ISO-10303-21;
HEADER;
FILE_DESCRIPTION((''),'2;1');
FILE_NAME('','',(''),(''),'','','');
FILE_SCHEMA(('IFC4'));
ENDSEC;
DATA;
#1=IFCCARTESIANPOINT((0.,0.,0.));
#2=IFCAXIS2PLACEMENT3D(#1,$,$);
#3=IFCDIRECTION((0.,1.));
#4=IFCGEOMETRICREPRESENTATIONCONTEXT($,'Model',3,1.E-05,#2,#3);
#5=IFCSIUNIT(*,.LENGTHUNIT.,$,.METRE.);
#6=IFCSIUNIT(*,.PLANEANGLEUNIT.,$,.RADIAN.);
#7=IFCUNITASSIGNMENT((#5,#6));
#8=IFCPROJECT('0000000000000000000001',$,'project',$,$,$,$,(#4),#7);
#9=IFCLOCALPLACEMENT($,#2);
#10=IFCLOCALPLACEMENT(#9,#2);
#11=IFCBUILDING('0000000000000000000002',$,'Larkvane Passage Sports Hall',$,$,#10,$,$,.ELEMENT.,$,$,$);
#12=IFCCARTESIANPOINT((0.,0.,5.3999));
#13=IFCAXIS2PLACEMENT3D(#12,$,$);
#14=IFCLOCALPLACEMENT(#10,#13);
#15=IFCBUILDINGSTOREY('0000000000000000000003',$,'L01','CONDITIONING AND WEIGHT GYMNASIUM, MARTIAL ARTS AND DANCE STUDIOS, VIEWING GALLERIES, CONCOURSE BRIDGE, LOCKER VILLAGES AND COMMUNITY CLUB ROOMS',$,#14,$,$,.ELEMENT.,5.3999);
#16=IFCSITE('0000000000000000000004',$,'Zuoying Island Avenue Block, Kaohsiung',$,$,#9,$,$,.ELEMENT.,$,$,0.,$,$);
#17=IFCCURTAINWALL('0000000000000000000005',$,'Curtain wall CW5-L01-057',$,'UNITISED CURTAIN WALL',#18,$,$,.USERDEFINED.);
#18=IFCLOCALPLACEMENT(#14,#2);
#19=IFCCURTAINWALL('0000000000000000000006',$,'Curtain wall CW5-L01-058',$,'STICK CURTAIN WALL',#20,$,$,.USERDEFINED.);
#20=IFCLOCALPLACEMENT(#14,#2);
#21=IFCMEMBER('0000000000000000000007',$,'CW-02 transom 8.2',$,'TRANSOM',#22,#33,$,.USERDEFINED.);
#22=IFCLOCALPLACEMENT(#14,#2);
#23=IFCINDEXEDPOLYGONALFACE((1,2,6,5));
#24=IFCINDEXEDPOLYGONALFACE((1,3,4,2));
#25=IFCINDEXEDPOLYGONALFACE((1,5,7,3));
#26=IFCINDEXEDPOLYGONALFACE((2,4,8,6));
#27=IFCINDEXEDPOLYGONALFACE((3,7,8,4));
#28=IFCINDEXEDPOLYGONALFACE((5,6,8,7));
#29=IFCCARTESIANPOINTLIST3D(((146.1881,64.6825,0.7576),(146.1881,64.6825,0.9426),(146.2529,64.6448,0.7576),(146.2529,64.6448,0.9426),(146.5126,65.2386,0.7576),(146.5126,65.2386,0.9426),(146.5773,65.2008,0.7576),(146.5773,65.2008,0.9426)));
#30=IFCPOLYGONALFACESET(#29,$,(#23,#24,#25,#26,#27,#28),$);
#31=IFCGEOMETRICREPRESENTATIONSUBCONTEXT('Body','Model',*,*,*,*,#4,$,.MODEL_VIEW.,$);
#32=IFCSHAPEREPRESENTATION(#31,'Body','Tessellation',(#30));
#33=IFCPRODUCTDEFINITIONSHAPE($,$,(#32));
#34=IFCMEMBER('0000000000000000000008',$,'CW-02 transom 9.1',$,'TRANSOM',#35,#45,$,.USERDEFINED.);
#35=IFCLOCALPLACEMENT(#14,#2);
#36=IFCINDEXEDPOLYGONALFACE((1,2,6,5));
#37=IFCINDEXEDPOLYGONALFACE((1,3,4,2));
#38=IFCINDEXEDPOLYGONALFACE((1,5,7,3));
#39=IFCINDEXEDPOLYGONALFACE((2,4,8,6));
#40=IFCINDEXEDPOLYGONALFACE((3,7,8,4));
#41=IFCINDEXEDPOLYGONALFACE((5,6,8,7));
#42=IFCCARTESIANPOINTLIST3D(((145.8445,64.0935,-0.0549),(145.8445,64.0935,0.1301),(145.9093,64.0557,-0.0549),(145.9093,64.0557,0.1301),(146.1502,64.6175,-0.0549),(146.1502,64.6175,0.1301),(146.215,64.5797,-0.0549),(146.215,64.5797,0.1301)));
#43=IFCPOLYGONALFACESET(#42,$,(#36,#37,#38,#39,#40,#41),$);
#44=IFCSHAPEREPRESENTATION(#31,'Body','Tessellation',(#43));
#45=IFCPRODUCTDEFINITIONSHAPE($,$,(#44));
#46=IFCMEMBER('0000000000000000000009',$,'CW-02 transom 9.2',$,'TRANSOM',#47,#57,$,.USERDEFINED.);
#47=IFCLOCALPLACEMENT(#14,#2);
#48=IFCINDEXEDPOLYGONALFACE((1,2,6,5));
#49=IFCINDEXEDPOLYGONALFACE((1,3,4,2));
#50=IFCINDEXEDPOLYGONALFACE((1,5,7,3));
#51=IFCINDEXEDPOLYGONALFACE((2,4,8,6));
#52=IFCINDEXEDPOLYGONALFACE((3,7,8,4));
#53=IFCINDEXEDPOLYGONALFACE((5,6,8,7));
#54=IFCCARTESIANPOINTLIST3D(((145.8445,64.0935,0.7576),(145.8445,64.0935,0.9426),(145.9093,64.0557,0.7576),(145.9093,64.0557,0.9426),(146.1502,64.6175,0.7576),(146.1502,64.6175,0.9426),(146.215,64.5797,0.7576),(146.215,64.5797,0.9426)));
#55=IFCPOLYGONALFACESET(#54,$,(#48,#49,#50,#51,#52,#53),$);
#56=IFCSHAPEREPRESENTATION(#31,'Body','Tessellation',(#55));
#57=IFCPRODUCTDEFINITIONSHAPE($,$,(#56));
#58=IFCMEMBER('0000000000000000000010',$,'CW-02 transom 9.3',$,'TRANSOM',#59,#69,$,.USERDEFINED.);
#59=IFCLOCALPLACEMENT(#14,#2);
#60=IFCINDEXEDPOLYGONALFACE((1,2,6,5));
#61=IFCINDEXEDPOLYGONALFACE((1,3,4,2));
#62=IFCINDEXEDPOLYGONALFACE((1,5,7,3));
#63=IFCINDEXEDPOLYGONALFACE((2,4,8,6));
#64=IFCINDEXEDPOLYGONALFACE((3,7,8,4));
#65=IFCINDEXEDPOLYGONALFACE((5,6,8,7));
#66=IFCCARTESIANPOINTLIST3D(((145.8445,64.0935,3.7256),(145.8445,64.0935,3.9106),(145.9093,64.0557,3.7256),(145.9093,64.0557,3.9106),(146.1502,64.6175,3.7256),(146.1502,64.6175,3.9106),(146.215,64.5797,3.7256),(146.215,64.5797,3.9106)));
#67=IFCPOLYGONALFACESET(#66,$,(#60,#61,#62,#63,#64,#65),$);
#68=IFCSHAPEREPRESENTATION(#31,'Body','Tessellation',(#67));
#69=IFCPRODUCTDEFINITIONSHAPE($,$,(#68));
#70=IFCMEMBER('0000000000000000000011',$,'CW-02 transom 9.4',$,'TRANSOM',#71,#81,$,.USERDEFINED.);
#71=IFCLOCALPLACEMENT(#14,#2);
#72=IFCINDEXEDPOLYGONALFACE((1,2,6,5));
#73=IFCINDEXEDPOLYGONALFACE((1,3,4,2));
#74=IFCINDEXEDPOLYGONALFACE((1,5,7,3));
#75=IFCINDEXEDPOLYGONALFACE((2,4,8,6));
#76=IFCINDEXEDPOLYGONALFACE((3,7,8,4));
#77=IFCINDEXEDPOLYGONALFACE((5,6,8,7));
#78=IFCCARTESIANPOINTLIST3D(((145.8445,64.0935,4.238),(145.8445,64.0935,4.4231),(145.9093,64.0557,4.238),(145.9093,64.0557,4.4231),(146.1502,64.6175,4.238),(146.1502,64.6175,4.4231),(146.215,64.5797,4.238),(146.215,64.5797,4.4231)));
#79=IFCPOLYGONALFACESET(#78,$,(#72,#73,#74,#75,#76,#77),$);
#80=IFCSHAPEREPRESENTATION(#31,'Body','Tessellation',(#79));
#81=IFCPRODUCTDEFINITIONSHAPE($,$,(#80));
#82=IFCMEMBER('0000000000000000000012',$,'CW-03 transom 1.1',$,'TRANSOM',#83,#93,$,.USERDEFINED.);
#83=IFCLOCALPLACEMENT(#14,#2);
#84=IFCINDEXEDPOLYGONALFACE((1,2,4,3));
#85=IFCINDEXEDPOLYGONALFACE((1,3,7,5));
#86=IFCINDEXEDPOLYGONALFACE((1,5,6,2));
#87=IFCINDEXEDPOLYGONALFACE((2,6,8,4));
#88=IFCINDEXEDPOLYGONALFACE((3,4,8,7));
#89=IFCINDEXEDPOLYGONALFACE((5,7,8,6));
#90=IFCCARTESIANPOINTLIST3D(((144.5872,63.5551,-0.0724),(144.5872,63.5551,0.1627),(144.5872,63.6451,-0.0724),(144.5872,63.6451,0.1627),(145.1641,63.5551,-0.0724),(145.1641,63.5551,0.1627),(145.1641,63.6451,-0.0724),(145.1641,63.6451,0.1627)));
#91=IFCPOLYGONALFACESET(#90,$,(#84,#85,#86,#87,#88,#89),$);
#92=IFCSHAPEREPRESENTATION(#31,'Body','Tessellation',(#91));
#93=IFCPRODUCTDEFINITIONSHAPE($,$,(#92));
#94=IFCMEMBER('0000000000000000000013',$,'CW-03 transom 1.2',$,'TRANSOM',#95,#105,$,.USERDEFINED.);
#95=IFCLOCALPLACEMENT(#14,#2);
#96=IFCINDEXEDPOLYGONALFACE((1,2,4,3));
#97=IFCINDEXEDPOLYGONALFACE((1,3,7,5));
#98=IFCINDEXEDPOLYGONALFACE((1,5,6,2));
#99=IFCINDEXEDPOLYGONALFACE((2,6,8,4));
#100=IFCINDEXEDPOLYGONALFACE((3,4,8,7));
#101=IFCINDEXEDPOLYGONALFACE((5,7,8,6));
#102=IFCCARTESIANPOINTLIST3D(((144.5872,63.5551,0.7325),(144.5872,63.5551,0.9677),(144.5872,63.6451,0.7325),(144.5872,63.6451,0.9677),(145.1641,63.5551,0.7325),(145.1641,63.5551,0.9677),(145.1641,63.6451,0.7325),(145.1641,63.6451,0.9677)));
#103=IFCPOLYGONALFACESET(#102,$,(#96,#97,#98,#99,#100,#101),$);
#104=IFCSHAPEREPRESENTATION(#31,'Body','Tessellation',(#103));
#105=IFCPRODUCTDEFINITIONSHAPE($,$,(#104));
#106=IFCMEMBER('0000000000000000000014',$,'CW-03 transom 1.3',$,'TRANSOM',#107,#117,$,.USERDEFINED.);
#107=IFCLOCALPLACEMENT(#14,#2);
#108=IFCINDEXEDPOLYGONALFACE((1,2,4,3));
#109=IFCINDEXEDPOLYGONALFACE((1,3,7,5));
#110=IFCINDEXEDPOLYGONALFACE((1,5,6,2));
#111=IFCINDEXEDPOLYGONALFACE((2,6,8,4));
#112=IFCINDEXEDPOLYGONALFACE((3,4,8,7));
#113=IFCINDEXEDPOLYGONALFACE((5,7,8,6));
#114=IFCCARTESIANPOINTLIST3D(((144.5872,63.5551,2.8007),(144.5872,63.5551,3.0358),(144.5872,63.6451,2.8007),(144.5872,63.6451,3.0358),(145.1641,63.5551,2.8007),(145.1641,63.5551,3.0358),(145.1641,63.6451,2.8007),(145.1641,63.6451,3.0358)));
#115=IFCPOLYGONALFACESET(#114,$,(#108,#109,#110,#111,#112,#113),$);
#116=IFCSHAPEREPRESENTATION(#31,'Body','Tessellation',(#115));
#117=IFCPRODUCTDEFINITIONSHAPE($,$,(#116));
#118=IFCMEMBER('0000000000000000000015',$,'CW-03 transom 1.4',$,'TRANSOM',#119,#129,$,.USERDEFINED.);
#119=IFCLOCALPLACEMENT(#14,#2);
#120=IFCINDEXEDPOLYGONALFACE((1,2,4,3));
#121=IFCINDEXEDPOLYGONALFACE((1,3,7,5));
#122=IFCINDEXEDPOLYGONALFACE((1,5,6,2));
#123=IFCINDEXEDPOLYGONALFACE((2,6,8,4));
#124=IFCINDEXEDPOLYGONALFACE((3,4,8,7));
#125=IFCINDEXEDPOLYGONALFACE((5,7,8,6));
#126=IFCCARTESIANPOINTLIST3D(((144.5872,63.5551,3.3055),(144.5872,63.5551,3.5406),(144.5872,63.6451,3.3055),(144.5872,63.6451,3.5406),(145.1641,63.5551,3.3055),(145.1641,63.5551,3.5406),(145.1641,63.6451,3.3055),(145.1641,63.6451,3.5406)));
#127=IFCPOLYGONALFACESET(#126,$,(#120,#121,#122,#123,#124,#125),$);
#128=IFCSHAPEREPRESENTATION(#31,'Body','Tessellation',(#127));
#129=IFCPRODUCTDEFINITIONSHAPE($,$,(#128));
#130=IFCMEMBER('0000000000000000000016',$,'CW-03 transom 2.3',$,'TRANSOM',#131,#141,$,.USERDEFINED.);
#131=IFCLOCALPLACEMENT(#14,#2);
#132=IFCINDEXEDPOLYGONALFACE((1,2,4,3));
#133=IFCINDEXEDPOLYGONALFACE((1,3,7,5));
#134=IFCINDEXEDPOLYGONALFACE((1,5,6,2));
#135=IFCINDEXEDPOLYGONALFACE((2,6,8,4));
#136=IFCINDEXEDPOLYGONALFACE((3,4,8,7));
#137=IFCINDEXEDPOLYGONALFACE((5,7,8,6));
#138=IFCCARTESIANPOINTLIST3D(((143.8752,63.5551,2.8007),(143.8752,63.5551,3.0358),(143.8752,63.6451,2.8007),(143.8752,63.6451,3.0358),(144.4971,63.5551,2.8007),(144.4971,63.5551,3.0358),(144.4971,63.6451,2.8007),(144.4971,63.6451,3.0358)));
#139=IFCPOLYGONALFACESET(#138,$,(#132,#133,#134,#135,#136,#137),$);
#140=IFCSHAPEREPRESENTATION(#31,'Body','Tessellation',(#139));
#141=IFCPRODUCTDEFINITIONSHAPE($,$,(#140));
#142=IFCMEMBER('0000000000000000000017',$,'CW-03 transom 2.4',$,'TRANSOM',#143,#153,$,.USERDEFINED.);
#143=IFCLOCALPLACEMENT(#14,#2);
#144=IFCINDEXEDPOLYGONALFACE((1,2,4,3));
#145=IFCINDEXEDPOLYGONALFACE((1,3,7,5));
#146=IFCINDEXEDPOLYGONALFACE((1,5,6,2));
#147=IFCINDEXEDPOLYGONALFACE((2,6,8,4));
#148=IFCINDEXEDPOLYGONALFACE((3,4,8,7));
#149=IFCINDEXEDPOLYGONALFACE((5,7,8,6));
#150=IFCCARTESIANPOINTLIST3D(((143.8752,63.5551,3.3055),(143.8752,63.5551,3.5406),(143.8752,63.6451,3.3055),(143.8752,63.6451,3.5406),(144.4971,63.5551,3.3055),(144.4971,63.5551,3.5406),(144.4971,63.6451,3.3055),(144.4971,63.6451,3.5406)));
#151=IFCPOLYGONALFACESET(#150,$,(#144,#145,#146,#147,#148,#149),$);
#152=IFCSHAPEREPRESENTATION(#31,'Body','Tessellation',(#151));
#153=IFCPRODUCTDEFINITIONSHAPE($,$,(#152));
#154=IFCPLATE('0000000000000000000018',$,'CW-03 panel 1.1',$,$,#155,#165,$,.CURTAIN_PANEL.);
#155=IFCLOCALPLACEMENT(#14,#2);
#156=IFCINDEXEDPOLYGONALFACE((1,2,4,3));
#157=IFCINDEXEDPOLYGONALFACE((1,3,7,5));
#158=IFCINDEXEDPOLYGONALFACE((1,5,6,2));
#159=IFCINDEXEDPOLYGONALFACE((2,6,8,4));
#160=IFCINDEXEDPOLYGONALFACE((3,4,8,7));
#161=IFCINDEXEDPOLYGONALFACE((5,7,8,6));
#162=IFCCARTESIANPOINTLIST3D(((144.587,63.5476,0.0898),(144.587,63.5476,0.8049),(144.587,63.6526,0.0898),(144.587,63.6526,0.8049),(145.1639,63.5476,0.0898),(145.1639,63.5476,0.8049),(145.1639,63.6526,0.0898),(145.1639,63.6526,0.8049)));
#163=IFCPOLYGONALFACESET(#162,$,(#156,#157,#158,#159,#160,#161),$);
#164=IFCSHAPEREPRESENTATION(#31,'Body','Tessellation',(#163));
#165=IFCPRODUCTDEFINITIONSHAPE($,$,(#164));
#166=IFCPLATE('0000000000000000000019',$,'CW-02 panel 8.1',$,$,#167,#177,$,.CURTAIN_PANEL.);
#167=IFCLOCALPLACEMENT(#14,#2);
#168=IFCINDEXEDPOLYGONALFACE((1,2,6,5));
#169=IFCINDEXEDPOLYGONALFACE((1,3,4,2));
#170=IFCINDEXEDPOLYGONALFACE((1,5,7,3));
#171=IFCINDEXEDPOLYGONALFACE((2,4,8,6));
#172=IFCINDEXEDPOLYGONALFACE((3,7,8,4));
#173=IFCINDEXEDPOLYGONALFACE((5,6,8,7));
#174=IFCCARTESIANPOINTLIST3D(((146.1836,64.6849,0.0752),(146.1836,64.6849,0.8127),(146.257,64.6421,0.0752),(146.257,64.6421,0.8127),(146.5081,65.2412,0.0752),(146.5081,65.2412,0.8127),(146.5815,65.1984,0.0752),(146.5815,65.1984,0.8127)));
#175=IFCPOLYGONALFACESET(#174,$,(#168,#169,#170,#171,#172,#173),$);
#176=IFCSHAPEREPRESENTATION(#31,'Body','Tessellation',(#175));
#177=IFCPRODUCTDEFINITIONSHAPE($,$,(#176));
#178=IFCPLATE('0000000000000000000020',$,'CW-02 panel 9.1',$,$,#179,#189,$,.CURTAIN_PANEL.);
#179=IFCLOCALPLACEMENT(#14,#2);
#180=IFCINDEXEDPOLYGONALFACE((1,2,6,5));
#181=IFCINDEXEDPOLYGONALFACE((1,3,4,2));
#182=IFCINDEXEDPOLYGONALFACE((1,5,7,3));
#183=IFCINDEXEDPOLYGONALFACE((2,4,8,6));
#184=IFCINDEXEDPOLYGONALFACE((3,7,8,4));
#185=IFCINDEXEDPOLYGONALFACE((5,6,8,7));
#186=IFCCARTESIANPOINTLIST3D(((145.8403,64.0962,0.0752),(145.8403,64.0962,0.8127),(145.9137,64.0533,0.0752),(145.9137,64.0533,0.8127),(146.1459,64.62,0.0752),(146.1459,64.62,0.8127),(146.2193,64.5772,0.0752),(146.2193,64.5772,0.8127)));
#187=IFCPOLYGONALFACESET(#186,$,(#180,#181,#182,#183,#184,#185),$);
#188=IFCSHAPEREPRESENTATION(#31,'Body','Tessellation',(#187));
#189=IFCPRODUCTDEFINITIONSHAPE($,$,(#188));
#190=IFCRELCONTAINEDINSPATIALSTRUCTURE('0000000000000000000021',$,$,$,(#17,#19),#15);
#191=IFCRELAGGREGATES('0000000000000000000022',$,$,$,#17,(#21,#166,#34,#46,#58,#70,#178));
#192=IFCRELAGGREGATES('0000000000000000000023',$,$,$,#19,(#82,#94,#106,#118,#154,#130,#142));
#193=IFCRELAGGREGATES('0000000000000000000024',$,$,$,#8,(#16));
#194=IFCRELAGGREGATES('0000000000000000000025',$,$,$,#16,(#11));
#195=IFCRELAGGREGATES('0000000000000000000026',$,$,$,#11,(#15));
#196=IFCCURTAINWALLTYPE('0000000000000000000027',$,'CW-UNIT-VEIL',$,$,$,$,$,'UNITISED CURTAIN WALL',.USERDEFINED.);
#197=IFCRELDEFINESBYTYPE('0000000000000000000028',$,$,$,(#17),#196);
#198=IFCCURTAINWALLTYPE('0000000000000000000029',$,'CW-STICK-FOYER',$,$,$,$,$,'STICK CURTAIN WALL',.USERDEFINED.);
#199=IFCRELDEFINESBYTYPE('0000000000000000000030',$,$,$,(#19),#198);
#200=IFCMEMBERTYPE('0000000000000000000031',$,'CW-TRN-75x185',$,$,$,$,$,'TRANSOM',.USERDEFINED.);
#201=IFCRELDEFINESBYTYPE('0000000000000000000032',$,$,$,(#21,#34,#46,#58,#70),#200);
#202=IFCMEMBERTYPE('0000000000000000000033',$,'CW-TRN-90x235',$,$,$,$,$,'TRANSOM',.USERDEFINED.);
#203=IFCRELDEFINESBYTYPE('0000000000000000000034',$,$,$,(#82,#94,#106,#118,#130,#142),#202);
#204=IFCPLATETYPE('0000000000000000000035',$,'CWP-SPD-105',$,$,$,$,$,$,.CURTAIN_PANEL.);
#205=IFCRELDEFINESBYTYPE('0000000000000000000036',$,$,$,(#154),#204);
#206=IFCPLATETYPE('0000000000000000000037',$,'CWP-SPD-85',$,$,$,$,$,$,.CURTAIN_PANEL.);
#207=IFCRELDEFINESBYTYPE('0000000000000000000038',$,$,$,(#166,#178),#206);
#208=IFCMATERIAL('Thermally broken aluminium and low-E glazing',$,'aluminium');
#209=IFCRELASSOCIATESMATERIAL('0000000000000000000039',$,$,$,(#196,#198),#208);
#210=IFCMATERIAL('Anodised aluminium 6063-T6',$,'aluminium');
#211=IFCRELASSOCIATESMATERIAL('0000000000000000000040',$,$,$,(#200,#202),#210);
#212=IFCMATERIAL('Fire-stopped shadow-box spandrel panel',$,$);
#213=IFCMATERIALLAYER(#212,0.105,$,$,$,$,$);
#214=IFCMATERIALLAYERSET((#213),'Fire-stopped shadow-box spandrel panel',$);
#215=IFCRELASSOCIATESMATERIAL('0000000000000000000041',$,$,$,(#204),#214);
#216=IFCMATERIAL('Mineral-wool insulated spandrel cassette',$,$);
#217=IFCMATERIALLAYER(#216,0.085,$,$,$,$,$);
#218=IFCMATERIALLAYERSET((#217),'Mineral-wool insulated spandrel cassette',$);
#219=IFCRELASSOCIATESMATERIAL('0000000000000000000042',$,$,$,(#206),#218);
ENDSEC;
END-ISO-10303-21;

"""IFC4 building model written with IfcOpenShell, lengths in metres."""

from ifc_helpers import new_model, si_unit, direction, frame, origin, origin_2d, place, context, subcontext, project, spatial, rectangle, extrude, material, layer, layer_set, material_profile, profile_set, type_object, element, aggregate, save


model = new_model("IFC4")

# Units and contexts
model_context = context("Model", 3, precision=1e-05, world=origin(), true_north=direction((0.0, 1.0)))
body_context = subcontext(model_context, "Body", "Model", "MODEL_VIEW")
ifc_project = project(units=[si_unit("LENGTHUNIT", "METRE"), si_unit("PLANEANGLEUNIT", "RADIAN")], contexts=[model_context])

# Site, building, storey
site_placement = place(None, origin())
site = spatial("IfcSite", under=ifc_project, at=site_placement, Name="Zuoying Island Avenue Block, Kaohsiung", CompositionType="ELEMENT", RefElevation=0.0)
building_placement = place(site_placement, origin())
building = spatial("IfcBuilding", under=site, at=building_placement, Name="Larkvane Passage Sports Hall", CompositionType="ELEMENT")
storey_placement = place(building_placement, frame((0.0, 0.0, 5.3999)))
storey = spatial("IfcBuildingStorey", under=building, at=storey_placement, Name="L01", Description="CONDITIONING AND WEIGHT GYMNASIUM, MARTIAL ARTS AND DANCE STUDIOS, VIEWING GALLERIES, CONCOURSE BRIDGE, LOCKER VILLAGES AND COMMUNITY CLUB ROOMS", CompositionType="ELEMENT", Elevation=5.3999)

# Curtain walls
ifc_material_1 = material(Name="Thermally broken aluminium and low-E glazing", Category="aluminium")
curtain_wall_type_1 = type_object("IfcCurtainWallType", Name="CW-UNIT-VEIL", ElementType="UNITISED CURTAIN WALL", PredefinedType="USERDEFINED", material=ifc_material_1)
curtain_wall_1_placement = place(storey_placement, origin())
curtain_wall_1 = element("IfcCurtainWall", 1, at=curtain_wall_1_placement, inside=storey, type_object=curtain_wall_type_1, Name="Curtain wall CW5-L01-057", ObjectType="UNITISED CURTAIN WALL", PredefinedType="USERDEFINED")
ifc_material_2 = material(Name="Anodised aluminium 6063-T6", Category="aluminium")
curtain_wall_type_2 = type_object("IfcCurtainWallType", Name="CW-STICK-FOYER", ElementType="STICK CURTAIN WALL", PredefinedType="USERDEFINED", material=ifc_material_1)
curtain_wall_2_placement = place(storey_placement, origin())
curtain_wall_2 = element("IfcCurtainWall", 2, at=curtain_wall_2_placement, inside=storey, type_object=curtain_wall_type_2, Name="Curtain wall CW5-L01-058", ObjectType="STICK CURTAIN WALL", PredefinedType="USERDEFINED")

# Members
ifc_material_profile_1 = material_profile(ifc_material_2, rectangle(XDim=0.075, YDim=0.1851, at=origin_2d()), Name="ALU-TRN-75x185")
ifc_profile_set_1 = profile_set([ifc_material_profile_1], Name="Anodised aluminium 6063-T6")
member_type_1 = type_object("IfcMemberType", Name="CW-TRN-75x185", ElementType="TRANSOM", PredefinedType="USERDEFINED", material=ifc_profile_set_1)
member_1_placement = place(storey_placement, frame((146.5449, 65.2197, 0.8501), z_axis=(-0.503918, -0.863751, 0.0), x_axis=(0.863751, -0.503918, 0.0)))
member_1 = element("IfcMember", 3, at=member_1_placement, type_object=member_type_1, Name="CW-02 transom 8.2", ObjectType="TRANSOM", PredefinedType="USERDEFINED", context=body_context, shape_type="SweptSolid", body=[
    extrude(rectangle(XDim=0.075, YDim=0.1851, at=origin_2d()), origin(), (0.0, 0.0, 1.0), 0.6438),
])
member_2_placement = place(storey_placement, frame((146.1826, 64.5986, 0.0376), z_axis=(-0.503921, -0.86375, 0.0), x_axis=(0.86375, -0.503921, 0.0)))
member_2 = element("IfcMember", 4, at=member_2_placement, type_object=member_type_1, Name="CW-02 transom 9.1", ObjectType="TRANSOM", PredefinedType="USERDEFINED", context=body_context, shape_type="SweptSolid", body=[
    extrude(rectangle(XDim=0.075, YDim=0.1851, at=origin_2d()), origin(), (0.0, 0.0, 1.0), 0.6067),
])
member_3_placement = place(storey_placement, frame((146.1826, 64.5986, 0.8501), z_axis=(-0.503921, -0.86375, 0.0), x_axis=(0.86375, -0.503921, 0.0)))
member_3 = element("IfcMember", 5, at=member_3_placement, type_object=member_type_1, Name="CW-02 transom 9.2", ObjectType="TRANSOM", PredefinedType="USERDEFINED", context=body_context, shape_type="SweptSolid", body=[
    extrude(rectangle(XDim=0.075, YDim=0.1851, at=origin_2d()), origin(), (0.0, 0.0, 1.0), 0.6067),
])
member_4_placement = place(storey_placement, frame((146.1826, 64.5986, 3.8181), z_axis=(-0.503921, -0.86375, 0.0), x_axis=(0.86375, -0.503921, 0.0)))
member_4 = element("IfcMember", 6, at=member_4_placement, type_object=member_type_1, Name="CW-02 transom 9.3", ObjectType="TRANSOM", PredefinedType="USERDEFINED", context=body_context, shape_type="SweptSolid", body=[
    extrude(rectangle(XDim=0.075, YDim=0.1851, at=origin_2d()), origin(), (0.0, 0.0, 1.0), 0.6067),
])
member_5_placement = place(storey_placement, frame((146.1826, 64.5986, 4.3306), z_axis=(-0.503921, -0.86375, 0.0), x_axis=(0.86375, -0.503921, 0.0)))
member_5 = element("IfcMember", 7, at=member_5_placement, type_object=member_type_1, Name="CW-02 transom 9.4", ObjectType="TRANSOM", PredefinedType="USERDEFINED", context=body_context, shape_type="SweptSolid", body=[
    extrude(rectangle(XDim=0.075, YDim=0.1851, at=origin_2d()), origin(), (0.0, 0.0, 1.0), 0.6067),
])
ifc_material_profile_2 = material_profile(ifc_material_2, rectangle(XDim=0.0901, YDim=0.2351, at=origin_2d()), Name="ALU-TRN-90x235")
ifc_profile_set_2 = profile_set([ifc_material_profile_2], Name="Anodised aluminium 6063-T6")
member_type_2 = type_object("IfcMemberType", Name="CW-TRN-90x235", ElementType="TRANSOM", PredefinedType="USERDEFINED", material=ifc_profile_set_2)
member_6_placement = place(storey_placement, frame((145.1641, 63.6001, 0.0452), z_axis=(-1.0, 0.0, 0.0), x_axis=(0.0, -1.0, 0.0)))
member_6 = element("IfcMember", 8, at=member_6_placement, type_object=member_type_2, Name="CW-03 transom 1.1", ObjectType="TRANSOM", PredefinedType="USERDEFINED", context=body_context, shape_type="SweptSolid", body=[
    extrude(rectangle(XDim=0.0901, YDim=0.2351, at=origin_2d()), origin(), (0.0, 0.0, 1.0), 0.5769),
])
member_7_placement = place(storey_placement, frame((145.1641, 63.6001, 0.8501), z_axis=(-1.0, 0.0, 0.0), x_axis=(0.0, -1.0, 0.0)))
member_7 = element("IfcMember", 9, at=member_7_placement, type_object=member_type_2, Name="CW-03 transom 1.2", ObjectType="TRANSOM", PredefinedType="USERDEFINED", context=body_context, shape_type="SweptSolid", body=[
    extrude(rectangle(XDim=0.0901, YDim=0.2351, at=origin_2d()), origin(), (0.0, 0.0, 1.0), 0.5769),
])
member_8_placement = place(storey_placement, frame((145.1641, 63.6001, 2.9182), z_axis=(-1.0, 0.0, 0.0), x_axis=(0.0, -1.0, 0.0)))
member_8 = element("IfcMember", 10, at=member_8_placement, type_object=member_type_2, Name="CW-03 transom 1.3", ObjectType="TRANSOM", PredefinedType="USERDEFINED", context=body_context, shape_type="SweptSolid", body=[
    extrude(rectangle(XDim=0.0901, YDim=0.2351, at=origin_2d()), origin(), (0.0, 0.0, 1.0), 0.5769),
])
member_9_placement = place(storey_placement, frame((145.1641, 63.6001, 3.4231), z_axis=(-1.0, 0.0, 0.0), x_axis=(0.0, -1.0, 0.0)))
member_9 = element("IfcMember", 11, at=member_9_placement, type_object=member_type_2, Name="CW-03 transom 1.4", ObjectType="TRANSOM", PredefinedType="USERDEFINED", context=body_context, shape_type="SweptSolid", body=[
    extrude(rectangle(XDim=0.0901, YDim=0.2351, at=origin_2d()), origin(), (0.0, 0.0, 1.0), 0.5769),
])
member_10_placement = place(storey_placement, frame((144.4971, 63.6001, 2.9182), z_axis=(-1.0, 0.0, 0.0), x_axis=(0.0, -1.0, 0.0)))
member_10 = element("IfcMember", 12, at=member_10_placement, type_object=member_type_2, Name="CW-03 transom 2.3", ObjectType="TRANSOM", PredefinedType="USERDEFINED", context=body_context, shape_type="SweptSolid", body=[
    extrude(rectangle(XDim=0.0901, YDim=0.2351, at=origin_2d()), origin(), (0.0, 0.0, 1.0), 0.6218),
])
member_11_placement = place(storey_placement, frame((144.4971, 63.6001, 3.4231), z_axis=(-1.0, 0.0, 0.0), x_axis=(0.0, -1.0, 0.0)))
member_11 = element("IfcMember", 13, at=member_11_placement, type_object=member_type_2, Name="CW-03 transom 2.4", ObjectType="TRANSOM", PredefinedType="USERDEFINED", context=body_context, shape_type="SweptSolid", body=[
    extrude(rectangle(XDim=0.0901, YDim=0.2351, at=origin_2d()), origin(), (0.0, 0.0, 1.0), 0.6218),
])

# Plates
ifc_material_3 = material(Name="Fire-stopped shadow-box spandrel panel")
ifc_layer_1 = layer(ifc_material_3, 0.105)
ifc_layer_set_1 = layer_set([ifc_layer_1], Name="Fire-stopped shadow-box spandrel panel")
plate_type_1 = type_object("IfcPlateType", Name="CWP-SPD-105", PredefinedType="CURTAIN_PANEL", material=ifc_layer_set_1)
plate_1_placement = place(storey_placement, frame((144.8755, 63.6001, 0.0898), z_axis=(0.0, 0.0, 1.0), x_axis=(-1.0, 0.0, 0.0)))
plate_1 = element("IfcPlate", 14, at=plate_1_placement, type_object=plate_type_1, Name="CW-03 panel 1.1", PredefinedType="CURTAIN_PANEL", context=body_context, shape_type="SweptSolid", body=[
    extrude(rectangle(XDim=0.5769, YDim=0.105, at=origin_2d()), origin(), (0.0, 0.0, 1.0), 0.7151),
])
ifc_material_4 = material(Name="Mineral-wool insulated spandrel cassette")
ifc_layer_2 = layer(ifc_material_4, 0.085)
ifc_layer_set_2 = layer_set([ifc_layer_2], Name="Mineral-wool insulated spandrel cassette")
plate_type_2 = type_object("IfcPlateType", Name="CWP-SPD-85", PredefinedType="CURTAIN_PANEL", material=ifc_layer_set_2)
plate_2_placement = place(storey_placement, frame((146.3826, 64.9417, 0.0752), z_axis=(0.0, 0.0, 1.0), x_axis=(-0.503867, -0.863781, 0.0)))
plate_2 = element("IfcPlate", 15, at=plate_2_placement, type_object=plate_type_2, Name="CW-02 panel 8.1", PredefinedType="CURTAIN_PANEL", context=body_context, shape_type="SweptSolid", body=[
    extrude(rectangle(XDim=0.644, YDim=0.085, at=origin_2d()), origin(), (0.0, 0.0, 1.0), 0.7375),
])
plate_3_placement = place(storey_placement, frame((146.0298, 64.3367, 0.0752), z_axis=(0.0, 0.0, 1.0), x_axis=(-0.503867, -0.863781, 0.0)))
plate_3 = element("IfcPlate", 16, at=plate_3_placement, type_object=plate_type_2, Name="CW-02 panel 9.1", PredefinedType="CURTAIN_PANEL", context=body_context, shape_type="SweptSolid", body=[
    extrude(rectangle(XDim=0.6064, YDim=0.085, at=origin_2d()), origin(), (0.0, 0.0, 1.0), 0.7375),
])
aggregate(curtain_wall_1, [member_1, plate_2, member_2, member_3, member_4, member_5, plate_3])
aggregate(curtain_wall_2, [member_6, member_7, member_8, member_9, plate_1, member_10, member_11])

save(model, "model.ifc")
